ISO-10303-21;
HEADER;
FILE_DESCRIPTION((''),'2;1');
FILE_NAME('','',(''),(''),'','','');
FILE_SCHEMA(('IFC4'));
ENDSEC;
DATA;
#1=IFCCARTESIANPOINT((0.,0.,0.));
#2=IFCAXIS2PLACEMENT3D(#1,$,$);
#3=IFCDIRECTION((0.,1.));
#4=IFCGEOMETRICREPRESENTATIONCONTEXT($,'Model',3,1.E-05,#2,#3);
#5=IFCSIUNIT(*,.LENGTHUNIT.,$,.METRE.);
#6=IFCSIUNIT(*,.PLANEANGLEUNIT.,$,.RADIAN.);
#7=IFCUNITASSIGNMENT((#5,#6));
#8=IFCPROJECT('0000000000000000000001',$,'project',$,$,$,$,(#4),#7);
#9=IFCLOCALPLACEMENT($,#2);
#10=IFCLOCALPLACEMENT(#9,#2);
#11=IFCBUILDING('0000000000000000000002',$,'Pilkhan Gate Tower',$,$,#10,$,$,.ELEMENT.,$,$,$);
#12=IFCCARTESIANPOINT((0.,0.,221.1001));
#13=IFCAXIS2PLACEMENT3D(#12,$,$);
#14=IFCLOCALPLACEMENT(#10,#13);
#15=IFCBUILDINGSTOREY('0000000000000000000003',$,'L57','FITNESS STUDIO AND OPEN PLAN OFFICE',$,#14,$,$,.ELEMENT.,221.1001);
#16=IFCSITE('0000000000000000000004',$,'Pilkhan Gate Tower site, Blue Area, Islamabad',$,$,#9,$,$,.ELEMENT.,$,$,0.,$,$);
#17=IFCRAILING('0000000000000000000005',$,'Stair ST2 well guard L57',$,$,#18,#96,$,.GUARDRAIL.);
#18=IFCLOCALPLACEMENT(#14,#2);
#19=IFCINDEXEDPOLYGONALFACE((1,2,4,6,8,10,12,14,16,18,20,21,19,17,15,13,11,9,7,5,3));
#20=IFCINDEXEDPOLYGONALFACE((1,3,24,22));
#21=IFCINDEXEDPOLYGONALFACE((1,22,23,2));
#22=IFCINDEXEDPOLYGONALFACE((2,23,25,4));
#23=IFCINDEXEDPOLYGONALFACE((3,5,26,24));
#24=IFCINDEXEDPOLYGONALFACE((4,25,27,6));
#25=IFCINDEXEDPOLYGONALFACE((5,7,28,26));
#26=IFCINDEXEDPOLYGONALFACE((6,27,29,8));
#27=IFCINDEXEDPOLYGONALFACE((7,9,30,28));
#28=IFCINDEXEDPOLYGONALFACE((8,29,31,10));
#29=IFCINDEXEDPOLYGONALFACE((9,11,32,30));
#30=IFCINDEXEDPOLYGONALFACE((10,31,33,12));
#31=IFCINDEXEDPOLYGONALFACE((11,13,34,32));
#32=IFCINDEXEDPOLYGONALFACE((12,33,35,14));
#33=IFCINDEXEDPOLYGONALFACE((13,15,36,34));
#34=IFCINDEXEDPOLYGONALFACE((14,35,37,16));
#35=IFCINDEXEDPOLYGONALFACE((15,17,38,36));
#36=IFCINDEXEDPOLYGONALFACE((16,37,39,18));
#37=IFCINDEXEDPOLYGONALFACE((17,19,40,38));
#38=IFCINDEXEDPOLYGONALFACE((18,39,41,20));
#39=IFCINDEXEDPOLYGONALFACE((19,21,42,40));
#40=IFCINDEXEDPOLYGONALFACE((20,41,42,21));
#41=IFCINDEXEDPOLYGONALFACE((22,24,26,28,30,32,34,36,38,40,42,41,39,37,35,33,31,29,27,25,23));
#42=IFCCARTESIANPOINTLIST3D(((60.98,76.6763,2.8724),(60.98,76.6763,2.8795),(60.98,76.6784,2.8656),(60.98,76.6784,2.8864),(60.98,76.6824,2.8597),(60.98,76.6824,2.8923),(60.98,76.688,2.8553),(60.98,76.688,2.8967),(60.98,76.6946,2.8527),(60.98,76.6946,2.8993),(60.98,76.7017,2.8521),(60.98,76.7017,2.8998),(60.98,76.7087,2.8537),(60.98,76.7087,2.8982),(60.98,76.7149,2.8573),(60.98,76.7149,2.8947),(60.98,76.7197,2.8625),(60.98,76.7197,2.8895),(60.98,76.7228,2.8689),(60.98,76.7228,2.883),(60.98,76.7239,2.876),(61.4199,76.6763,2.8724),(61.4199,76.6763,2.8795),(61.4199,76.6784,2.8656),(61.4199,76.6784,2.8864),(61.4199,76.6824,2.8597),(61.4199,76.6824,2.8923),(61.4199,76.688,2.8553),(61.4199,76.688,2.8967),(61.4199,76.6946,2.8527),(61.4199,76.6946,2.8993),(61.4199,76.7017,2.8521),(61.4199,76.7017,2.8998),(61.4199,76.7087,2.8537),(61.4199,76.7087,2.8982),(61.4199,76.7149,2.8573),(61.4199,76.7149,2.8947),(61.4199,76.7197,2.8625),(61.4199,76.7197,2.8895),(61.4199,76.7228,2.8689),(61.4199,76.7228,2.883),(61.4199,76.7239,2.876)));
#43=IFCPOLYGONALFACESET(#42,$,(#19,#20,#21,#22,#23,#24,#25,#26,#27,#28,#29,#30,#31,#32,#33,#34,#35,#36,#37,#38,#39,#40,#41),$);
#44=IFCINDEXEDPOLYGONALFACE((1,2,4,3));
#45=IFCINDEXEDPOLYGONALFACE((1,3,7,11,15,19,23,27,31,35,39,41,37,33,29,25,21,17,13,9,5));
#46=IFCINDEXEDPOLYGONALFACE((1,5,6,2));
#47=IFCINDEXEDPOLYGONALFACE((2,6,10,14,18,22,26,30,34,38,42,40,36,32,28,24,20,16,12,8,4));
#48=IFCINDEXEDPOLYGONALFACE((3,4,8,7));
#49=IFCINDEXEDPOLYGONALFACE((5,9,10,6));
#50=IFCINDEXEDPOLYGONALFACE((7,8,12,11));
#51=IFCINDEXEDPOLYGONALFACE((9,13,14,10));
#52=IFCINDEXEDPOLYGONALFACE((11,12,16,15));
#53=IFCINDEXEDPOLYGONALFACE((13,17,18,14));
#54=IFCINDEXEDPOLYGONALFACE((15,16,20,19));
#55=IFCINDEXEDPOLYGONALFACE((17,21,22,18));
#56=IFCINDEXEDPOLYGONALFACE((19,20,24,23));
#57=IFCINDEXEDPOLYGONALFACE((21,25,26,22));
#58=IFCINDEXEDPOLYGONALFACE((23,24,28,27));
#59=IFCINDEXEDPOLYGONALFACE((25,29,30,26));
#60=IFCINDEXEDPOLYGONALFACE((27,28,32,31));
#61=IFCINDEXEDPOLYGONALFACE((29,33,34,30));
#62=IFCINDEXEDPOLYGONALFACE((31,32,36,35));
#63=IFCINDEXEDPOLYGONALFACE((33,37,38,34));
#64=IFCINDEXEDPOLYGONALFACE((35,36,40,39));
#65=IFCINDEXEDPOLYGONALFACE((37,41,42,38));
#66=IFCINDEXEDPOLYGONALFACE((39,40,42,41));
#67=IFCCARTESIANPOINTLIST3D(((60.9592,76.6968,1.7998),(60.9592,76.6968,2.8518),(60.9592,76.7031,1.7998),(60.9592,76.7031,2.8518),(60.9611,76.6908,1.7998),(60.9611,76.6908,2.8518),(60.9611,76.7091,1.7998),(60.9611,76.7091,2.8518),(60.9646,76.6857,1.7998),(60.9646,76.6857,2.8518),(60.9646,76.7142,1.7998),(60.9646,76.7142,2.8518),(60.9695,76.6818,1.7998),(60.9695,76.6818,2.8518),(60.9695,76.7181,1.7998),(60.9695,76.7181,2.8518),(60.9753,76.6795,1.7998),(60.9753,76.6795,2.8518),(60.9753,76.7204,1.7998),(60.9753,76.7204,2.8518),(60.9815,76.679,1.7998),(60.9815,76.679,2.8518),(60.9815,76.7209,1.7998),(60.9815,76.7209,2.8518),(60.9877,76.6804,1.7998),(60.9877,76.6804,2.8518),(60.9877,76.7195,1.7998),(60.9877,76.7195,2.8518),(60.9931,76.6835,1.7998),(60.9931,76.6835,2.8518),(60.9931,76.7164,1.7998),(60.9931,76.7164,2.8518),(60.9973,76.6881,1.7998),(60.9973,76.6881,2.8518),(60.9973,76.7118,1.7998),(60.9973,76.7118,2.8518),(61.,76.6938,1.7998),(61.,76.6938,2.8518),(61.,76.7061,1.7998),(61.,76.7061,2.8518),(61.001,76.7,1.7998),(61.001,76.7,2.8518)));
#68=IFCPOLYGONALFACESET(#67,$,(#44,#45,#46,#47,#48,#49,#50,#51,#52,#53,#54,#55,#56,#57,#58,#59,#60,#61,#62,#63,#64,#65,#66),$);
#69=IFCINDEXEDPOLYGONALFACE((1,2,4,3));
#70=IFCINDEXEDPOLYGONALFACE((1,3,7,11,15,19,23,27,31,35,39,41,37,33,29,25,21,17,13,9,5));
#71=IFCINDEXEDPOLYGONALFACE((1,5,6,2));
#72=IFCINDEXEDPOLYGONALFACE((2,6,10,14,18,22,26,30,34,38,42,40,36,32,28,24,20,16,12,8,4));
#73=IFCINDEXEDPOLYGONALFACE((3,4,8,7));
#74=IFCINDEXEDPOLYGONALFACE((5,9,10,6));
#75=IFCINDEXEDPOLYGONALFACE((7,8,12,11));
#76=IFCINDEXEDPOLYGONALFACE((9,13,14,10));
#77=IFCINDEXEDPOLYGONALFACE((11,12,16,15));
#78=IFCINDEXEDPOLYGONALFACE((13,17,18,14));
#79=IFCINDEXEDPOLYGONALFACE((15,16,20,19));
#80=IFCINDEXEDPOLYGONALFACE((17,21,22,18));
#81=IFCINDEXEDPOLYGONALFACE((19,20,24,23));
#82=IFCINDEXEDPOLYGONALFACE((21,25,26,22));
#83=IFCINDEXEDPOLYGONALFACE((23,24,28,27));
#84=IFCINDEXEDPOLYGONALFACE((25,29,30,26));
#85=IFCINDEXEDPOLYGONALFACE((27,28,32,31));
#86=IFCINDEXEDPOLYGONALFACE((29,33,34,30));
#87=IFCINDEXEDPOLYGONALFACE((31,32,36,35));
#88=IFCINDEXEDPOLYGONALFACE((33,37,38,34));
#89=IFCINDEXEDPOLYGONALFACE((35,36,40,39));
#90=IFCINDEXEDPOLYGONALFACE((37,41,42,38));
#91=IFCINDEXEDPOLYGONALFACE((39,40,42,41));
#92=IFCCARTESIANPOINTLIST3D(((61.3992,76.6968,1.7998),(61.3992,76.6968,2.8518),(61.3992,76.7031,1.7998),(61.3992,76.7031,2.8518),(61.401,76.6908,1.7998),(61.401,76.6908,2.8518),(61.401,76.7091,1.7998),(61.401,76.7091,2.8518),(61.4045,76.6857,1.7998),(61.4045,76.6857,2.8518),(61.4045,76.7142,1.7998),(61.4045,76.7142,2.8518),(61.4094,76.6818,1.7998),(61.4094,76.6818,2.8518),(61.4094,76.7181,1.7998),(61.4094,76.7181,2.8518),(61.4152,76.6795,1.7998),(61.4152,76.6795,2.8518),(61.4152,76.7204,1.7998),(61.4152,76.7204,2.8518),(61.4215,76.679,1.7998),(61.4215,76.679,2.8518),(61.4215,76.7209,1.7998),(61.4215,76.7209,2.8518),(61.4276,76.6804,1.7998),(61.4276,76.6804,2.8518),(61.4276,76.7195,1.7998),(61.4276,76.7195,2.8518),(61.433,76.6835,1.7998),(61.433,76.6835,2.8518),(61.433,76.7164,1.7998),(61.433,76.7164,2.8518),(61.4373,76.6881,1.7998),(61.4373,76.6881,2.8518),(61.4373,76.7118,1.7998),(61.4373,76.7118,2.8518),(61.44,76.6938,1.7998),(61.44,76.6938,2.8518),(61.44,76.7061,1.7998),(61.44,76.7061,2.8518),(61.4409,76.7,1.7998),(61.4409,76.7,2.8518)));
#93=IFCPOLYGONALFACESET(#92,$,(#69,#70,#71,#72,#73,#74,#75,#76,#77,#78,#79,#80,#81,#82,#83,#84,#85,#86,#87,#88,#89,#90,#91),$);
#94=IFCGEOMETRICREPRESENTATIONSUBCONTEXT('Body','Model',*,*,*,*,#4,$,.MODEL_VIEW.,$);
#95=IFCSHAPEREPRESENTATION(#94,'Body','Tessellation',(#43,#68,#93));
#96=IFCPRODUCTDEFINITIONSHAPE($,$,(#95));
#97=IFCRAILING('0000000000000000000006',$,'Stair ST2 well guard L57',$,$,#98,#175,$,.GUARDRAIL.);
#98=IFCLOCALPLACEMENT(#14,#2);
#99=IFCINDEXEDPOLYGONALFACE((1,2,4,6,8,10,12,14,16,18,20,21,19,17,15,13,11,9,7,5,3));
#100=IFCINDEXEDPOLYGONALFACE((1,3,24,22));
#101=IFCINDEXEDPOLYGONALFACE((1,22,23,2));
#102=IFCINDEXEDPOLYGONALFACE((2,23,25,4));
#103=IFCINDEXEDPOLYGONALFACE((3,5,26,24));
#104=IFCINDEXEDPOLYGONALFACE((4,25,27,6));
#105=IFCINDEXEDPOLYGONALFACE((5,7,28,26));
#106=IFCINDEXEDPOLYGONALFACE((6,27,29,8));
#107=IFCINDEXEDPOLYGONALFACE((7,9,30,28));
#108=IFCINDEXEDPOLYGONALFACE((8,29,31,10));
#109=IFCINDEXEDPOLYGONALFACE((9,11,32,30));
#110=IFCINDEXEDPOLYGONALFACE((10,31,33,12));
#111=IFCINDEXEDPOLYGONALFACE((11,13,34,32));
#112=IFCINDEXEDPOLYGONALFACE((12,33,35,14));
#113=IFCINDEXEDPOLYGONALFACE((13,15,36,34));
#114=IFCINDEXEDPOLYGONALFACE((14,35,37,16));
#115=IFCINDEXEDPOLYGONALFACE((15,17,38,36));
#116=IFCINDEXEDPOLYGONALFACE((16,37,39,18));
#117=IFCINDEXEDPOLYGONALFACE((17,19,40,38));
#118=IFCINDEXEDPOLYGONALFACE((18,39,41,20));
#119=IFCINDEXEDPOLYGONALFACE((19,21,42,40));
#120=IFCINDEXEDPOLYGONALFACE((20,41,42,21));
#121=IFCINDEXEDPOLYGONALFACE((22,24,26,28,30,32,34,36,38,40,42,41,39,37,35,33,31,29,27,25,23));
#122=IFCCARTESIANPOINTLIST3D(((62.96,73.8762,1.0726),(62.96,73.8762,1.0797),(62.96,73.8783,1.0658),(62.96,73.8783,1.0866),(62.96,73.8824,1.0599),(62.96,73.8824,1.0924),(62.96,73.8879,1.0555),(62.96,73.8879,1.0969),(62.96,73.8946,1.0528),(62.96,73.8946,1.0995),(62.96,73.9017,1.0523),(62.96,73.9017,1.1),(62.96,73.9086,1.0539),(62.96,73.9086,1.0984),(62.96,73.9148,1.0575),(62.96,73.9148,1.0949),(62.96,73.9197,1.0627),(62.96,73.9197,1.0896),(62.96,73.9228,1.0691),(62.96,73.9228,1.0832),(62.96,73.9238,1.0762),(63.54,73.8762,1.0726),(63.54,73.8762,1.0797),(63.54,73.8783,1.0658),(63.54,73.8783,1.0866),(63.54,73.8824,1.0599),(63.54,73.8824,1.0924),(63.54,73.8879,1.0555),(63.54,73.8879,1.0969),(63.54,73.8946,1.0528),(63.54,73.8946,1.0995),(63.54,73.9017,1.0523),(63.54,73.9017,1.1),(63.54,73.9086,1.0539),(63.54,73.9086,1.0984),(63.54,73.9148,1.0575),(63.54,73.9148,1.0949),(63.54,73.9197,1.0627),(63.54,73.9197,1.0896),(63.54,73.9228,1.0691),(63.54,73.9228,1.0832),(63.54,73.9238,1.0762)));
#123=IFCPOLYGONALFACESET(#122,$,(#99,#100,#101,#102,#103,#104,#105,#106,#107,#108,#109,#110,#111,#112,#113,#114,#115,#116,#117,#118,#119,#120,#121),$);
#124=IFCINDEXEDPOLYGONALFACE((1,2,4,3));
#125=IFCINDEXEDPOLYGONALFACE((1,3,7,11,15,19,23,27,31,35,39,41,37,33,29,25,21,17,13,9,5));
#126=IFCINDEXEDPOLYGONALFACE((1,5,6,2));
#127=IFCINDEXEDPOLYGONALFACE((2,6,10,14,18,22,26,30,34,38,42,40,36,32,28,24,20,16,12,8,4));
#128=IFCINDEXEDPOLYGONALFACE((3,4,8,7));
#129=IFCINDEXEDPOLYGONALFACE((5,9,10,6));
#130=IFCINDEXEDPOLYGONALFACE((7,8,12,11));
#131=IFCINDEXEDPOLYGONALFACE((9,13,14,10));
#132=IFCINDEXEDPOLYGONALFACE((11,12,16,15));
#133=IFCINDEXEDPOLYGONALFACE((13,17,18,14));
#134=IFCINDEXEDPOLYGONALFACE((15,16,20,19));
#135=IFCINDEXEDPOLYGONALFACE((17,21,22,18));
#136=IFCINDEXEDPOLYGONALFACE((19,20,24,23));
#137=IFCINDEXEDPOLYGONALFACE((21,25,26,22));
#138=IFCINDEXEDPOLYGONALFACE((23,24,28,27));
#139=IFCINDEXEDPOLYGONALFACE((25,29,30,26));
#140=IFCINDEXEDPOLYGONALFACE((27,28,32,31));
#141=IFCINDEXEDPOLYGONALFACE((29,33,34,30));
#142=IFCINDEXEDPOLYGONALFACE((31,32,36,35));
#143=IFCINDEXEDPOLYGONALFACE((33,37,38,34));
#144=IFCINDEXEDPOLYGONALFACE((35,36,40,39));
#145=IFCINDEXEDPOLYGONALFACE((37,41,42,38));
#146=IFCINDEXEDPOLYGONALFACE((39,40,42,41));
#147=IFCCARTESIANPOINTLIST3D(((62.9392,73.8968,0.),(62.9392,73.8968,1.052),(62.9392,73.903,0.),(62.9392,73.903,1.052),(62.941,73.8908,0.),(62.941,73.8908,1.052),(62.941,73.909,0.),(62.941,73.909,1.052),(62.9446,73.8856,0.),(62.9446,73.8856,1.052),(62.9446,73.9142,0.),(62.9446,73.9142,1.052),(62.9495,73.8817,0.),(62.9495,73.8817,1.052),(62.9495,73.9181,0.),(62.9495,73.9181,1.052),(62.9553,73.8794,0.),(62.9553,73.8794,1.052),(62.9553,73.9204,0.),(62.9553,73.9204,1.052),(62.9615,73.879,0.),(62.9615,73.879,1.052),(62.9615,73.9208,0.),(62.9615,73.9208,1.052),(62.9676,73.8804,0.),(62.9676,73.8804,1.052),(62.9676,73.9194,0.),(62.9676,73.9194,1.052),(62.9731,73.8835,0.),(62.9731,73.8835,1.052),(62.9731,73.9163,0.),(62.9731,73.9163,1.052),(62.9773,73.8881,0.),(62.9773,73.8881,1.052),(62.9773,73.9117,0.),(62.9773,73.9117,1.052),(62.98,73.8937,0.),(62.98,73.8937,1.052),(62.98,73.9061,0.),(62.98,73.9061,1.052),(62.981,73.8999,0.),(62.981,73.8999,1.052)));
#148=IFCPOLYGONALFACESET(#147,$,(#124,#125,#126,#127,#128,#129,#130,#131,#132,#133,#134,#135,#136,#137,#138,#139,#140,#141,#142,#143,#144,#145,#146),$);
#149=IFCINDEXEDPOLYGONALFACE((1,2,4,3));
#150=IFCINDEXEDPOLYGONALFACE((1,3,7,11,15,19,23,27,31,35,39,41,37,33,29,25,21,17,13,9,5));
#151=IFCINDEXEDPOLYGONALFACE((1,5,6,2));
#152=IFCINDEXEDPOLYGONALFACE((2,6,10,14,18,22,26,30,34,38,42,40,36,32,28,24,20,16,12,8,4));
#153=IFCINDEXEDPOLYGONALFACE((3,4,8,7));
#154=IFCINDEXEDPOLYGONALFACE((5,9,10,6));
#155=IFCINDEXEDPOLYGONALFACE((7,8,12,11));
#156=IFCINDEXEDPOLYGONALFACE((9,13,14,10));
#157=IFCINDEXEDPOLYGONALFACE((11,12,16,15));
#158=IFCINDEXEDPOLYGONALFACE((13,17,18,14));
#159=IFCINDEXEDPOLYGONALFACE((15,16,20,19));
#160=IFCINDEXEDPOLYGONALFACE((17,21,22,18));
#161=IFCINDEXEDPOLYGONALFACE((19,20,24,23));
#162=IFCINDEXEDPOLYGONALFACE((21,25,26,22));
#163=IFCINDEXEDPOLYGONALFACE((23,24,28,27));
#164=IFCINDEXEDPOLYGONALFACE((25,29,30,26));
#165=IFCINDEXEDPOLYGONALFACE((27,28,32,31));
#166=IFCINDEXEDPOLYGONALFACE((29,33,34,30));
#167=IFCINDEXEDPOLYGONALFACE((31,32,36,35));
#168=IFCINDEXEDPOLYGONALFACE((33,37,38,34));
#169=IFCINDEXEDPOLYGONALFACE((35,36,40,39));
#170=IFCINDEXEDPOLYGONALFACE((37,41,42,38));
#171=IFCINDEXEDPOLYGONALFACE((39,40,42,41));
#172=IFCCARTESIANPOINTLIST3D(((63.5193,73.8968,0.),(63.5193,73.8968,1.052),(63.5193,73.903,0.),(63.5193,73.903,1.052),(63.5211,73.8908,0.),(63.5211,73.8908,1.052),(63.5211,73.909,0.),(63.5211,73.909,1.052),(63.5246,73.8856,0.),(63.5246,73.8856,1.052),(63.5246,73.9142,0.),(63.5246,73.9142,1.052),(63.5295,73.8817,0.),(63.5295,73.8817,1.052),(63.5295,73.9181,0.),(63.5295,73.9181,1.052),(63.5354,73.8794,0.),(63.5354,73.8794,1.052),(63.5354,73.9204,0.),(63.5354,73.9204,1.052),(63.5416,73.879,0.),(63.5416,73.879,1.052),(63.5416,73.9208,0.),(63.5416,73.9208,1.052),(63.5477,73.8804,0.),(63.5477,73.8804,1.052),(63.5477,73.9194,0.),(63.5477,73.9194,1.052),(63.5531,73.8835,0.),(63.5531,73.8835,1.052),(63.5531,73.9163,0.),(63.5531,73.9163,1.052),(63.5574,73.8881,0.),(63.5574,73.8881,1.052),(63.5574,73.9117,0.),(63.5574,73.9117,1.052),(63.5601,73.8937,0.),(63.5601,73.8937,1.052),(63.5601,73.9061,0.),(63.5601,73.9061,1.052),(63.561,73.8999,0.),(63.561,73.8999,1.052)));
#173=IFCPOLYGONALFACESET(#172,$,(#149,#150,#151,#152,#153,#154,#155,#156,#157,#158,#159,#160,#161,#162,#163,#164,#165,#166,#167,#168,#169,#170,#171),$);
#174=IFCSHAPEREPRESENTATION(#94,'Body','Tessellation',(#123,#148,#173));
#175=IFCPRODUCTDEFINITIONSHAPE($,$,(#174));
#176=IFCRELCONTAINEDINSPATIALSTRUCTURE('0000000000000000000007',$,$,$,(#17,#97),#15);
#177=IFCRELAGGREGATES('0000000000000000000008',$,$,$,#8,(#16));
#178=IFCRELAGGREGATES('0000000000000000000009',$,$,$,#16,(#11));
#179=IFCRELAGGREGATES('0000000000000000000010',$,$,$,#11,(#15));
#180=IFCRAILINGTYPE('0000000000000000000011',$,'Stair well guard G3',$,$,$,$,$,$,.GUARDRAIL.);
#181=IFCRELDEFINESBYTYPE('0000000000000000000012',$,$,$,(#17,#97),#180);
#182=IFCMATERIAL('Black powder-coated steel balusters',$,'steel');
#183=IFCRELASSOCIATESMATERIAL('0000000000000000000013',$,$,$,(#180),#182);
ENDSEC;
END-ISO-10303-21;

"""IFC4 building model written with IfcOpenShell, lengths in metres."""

from ifc_helpers import new_model, si_unit, direction, frame, origin, origin_2d, place, context, subcontext, project, spatial, circle, extrude, material, type_object, element, save


model = new_model("IFC4")

# Units and contexts
model_context = context("Model", 3, precision=1e-05, world=origin(), true_north=direction((0.0, 1.0)))
body_context = subcontext(model_context, "Body", "Model", "MODEL_VIEW")
ifc_project = project(units=[si_unit("LENGTHUNIT", "METRE"), si_unit("PLANEANGLEUNIT", "RADIAN")], contexts=[model_context])

# Site, building, storey
site_placement = place(None, origin())
site = spatial("IfcSite", under=ifc_project, at=site_placement, Name="Pilkhan Gate Tower site, Blue Area, Islamabad", CompositionType="ELEMENT", RefElevation=0.0)
building_placement = place(site_placement, origin())
building = spatial("IfcBuilding", under=site, at=building_placement, Name="Pilkhan Gate Tower", CompositionType="ELEMENT")
storey_placement = place(building_placement, frame((0.0, 0.0, 221.1001)))
storey = spatial("IfcBuildingStorey", under=building, at=storey_placement, Name="L57", Description="FITNESS STUDIO AND OPEN PLAN OFFICE", CompositionType="ELEMENT", Elevation=221.1001)

# Railings
ifc_material_1 = material(Name="Black powder-coated steel balusters", Category="steel")
railing_type_1 = type_object("IfcRailingType", Name="Stair well guard G3", PredefinedType="GUARDRAIL", material=ifc_material_1)
railing_1_placement = place(storey_placement, frame((60.98, 76.7, 1.7998)))
element("IfcRailing", 1, at=railing_1_placement, inside=storey, type_object=railing_type_1, Name="Stair ST2 well guard L57", PredefinedType="GUARDRAIL", context=body_context, shape_type="SweptSolid", body=[
    extrude(circle(Radius=0.0239, at=origin_2d()), frame((0.0, 0.0, 1.0762), z_axis=(1.0, 0.0, 0.0), x_axis=(0.0, 1.0, 0.0)), (0.0, 0.0, 1.0), 0.4399),
    extrude(circle(Radius=0.021, at=origin_2d()), origin(), (0.0, 0.0, 1.0), 1.052),
    extrude(circle(Radius=0.021, at=origin_2d()), frame((0.4399, 0.0, 0.0)), (0.0, 0.0, 1.0), 1.052),
])
for number, where, name in (
    (2, (62.96, 73.8999, 0.0), "Stair ST2 well guard L57"),
):
    element("IfcRailing", number, at=place(storey_placement, frame(where)), inside=storey, type_object=railing_type_1, Name=name, PredefinedType="GUARDRAIL", context=body_context, shape_type="SweptSolid", body=[
        extrude(circle(Radius=0.0239, at=origin_2d()), frame((0.0, 0.0, 1.0762), z_axis=(1.0, 0.0, 0.0), x_axis=(0.0, 1.0, 0.0)), (0.0, 0.0, 1.0), 0.5801),
        extrude(circle(Radius=0.021, at=origin_2d()), origin(), (0.0, 0.0, 1.0), 1.052),
        extrude(circle(Radius=0.021, at=origin_2d()), frame((0.5801, 0.0, 0.0)), (0.0, 0.0, 1.0), 1.052),
    ])

save(model, "model.ifc")
